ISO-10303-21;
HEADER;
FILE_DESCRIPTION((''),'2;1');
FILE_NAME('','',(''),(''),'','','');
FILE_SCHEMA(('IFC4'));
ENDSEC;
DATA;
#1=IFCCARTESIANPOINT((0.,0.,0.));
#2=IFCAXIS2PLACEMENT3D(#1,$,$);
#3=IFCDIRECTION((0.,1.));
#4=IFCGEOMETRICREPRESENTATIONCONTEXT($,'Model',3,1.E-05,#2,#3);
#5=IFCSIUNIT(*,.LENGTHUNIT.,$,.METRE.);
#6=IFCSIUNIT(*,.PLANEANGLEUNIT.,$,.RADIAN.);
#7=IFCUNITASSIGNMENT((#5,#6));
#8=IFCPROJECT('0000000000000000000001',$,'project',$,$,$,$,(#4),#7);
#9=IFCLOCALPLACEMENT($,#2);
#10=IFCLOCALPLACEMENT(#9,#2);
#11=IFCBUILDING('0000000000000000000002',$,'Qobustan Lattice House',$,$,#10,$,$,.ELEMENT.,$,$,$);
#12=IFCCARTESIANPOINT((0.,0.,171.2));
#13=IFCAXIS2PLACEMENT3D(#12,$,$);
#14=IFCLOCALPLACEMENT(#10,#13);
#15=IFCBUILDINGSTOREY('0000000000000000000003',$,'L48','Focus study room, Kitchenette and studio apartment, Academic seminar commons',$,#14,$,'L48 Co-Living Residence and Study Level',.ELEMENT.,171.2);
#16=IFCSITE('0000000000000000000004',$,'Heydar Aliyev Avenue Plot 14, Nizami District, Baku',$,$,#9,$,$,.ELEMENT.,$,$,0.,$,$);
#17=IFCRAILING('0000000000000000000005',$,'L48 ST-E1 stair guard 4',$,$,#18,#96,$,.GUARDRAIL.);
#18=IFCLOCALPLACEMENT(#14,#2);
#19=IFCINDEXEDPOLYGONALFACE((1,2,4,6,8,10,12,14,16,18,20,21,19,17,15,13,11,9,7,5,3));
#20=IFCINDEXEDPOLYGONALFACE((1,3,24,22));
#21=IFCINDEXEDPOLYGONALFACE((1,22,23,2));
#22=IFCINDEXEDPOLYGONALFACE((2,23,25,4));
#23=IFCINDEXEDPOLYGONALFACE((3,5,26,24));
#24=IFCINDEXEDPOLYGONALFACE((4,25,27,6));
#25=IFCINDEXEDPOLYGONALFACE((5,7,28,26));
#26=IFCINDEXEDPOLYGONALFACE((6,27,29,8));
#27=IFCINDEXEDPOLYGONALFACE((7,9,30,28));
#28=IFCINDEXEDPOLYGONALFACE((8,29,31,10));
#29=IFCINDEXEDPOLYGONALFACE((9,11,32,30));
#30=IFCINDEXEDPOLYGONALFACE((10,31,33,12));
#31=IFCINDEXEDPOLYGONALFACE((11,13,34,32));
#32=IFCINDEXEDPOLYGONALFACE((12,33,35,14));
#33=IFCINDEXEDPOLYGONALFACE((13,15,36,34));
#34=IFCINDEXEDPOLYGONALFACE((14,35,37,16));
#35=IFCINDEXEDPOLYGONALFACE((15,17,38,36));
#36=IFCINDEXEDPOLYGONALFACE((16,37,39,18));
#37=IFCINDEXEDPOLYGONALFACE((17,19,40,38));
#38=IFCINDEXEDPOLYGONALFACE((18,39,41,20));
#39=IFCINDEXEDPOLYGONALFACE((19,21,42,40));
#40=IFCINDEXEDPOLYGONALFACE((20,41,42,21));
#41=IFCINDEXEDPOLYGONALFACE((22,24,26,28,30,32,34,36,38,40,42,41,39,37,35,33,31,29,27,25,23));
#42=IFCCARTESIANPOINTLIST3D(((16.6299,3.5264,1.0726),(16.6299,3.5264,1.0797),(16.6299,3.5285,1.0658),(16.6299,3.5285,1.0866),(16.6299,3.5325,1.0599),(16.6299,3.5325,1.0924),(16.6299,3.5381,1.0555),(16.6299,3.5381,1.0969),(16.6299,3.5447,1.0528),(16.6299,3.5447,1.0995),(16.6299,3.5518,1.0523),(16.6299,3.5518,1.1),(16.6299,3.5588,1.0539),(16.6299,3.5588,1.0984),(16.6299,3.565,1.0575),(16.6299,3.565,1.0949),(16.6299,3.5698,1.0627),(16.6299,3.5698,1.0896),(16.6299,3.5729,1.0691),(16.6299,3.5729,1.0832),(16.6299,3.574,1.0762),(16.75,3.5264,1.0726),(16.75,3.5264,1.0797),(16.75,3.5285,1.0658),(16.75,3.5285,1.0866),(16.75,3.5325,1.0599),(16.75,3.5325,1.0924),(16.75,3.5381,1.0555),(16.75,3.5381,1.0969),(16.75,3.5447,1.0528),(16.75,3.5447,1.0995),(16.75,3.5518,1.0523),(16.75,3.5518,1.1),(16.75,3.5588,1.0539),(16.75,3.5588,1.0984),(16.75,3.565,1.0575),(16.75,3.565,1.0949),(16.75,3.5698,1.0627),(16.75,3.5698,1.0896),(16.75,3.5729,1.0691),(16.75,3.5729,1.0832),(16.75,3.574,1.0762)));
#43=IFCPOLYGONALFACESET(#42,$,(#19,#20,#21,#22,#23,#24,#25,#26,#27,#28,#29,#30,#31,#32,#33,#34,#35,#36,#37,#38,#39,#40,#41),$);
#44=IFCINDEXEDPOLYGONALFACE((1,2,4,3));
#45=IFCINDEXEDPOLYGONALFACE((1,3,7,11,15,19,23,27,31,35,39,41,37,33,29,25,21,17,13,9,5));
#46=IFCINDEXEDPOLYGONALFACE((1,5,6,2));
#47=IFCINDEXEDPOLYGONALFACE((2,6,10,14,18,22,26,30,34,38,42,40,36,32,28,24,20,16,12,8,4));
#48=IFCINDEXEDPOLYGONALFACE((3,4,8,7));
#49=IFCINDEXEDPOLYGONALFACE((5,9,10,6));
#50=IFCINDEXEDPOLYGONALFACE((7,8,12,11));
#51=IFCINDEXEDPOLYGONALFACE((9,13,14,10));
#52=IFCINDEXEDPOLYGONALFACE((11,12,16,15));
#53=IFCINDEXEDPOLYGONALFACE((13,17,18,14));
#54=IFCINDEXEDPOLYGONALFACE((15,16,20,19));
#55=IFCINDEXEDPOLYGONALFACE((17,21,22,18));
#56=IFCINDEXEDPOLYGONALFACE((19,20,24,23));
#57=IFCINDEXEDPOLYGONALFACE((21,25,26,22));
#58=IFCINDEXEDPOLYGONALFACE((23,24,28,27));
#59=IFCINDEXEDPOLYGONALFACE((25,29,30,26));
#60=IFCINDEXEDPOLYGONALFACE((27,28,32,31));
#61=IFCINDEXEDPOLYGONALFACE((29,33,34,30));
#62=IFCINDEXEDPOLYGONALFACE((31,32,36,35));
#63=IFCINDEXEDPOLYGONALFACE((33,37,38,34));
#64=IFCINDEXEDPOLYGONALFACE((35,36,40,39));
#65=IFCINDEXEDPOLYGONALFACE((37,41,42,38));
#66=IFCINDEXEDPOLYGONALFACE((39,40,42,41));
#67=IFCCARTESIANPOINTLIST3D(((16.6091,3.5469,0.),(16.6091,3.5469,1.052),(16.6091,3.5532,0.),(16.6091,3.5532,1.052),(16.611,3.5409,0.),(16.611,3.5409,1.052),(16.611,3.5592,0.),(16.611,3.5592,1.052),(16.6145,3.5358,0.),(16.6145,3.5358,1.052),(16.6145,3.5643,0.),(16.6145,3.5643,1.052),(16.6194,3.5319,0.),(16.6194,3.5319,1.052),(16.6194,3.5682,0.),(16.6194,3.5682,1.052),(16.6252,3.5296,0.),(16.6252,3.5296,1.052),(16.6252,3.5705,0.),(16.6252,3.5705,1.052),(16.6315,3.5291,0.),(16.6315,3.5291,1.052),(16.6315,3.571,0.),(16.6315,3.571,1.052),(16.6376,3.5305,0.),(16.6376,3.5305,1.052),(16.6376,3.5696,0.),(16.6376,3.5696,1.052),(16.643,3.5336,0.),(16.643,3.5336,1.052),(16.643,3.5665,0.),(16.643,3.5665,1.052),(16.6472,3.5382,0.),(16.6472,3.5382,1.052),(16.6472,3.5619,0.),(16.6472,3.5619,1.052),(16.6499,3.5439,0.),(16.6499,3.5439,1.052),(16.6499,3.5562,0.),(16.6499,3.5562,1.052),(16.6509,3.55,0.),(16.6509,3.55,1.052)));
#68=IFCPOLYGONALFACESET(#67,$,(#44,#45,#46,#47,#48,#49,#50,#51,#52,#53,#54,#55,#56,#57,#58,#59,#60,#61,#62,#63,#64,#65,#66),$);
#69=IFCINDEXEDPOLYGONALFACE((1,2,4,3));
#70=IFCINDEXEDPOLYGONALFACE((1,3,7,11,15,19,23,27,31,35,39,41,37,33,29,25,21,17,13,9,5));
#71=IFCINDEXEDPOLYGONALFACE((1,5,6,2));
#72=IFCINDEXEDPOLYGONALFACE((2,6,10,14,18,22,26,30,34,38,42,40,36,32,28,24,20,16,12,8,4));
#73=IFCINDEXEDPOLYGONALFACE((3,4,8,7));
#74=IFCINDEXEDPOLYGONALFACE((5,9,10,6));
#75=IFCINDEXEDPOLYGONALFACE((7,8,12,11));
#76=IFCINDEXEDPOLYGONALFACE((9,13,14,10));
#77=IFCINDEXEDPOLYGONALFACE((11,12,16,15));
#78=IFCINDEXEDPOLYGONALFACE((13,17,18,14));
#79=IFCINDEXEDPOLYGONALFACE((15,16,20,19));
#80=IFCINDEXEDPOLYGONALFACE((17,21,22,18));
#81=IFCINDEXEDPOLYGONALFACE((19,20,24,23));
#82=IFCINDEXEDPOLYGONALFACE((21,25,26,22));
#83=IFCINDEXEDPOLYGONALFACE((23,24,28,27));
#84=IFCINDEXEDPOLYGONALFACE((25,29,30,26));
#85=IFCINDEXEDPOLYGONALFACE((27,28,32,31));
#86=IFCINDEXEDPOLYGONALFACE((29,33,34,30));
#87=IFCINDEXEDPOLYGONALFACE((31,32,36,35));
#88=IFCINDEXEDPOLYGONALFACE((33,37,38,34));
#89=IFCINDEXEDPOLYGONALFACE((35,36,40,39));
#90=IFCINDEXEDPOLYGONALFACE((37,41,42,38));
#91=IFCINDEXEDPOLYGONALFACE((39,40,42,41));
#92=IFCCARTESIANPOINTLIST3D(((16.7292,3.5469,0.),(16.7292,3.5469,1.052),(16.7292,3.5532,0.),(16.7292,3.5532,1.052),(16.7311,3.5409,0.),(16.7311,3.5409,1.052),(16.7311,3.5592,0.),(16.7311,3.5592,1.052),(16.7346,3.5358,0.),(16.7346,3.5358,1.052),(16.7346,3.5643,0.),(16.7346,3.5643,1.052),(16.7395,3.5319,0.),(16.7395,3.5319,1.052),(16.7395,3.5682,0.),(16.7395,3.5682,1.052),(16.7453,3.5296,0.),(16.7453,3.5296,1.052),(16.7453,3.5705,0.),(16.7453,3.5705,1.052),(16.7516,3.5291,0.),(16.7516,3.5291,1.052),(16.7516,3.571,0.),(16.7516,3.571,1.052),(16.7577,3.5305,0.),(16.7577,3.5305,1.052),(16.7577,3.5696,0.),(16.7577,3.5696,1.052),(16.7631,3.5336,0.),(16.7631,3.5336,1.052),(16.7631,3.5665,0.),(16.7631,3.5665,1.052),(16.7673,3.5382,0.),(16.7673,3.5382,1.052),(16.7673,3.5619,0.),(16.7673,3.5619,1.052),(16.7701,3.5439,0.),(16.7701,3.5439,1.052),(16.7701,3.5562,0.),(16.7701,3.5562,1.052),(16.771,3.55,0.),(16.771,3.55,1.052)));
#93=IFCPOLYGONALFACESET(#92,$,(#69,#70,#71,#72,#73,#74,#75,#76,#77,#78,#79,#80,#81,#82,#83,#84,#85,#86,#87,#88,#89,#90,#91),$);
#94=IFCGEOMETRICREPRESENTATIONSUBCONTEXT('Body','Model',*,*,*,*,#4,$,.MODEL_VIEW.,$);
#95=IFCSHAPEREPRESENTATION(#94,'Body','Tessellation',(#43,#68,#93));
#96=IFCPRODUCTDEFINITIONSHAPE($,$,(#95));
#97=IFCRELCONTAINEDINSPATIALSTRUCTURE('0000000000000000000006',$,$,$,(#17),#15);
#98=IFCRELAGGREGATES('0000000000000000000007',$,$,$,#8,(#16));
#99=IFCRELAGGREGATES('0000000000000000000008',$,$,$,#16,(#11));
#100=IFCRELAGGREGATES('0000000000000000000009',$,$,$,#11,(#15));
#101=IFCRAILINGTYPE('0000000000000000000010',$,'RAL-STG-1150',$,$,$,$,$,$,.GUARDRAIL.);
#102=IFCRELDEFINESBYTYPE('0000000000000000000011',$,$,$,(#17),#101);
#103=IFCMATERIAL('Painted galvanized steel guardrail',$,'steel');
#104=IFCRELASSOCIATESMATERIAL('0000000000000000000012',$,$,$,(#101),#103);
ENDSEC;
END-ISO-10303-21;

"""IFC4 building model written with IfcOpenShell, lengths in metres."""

from ifc_helpers import new_model, si_unit, direction, frame, origin, origin_2d, place, context, subcontext, project, spatial, circle, extrude, material, type_object, element, save


model = new_model("IFC4")

# Units and contexts
model_context = context("Model", 3, precision=1e-05, world=origin(), true_north=direction((0.0, 1.0)))
body_context = subcontext(model_context, "Body", "Model", "MODEL_VIEW")
ifc_project = project(units=[si_unit("LENGTHUNIT", "METRE"), si_unit("PLANEANGLEUNIT", "RADIAN")], contexts=[model_context])

# Site, building, storey
site_placement = place(None, origin())
site = spatial("IfcSite", under=ifc_project, at=site_placement, Name="Heydar Aliyev Avenue Plot 14, Nizami District, Baku", CompositionType="ELEMENT", RefElevation=0.0)
building_placement = place(site_placement, origin())
building = spatial("IfcBuilding", under=site, at=building_placement, Name="Qobustan Lattice House", CompositionType="ELEMENT")
storey_placement = place(building_placement, frame((0.0, 0.0, 171.2)))
storey = spatial("IfcBuildingStorey", under=building, at=storey_placement, Name="L48", Description="Focus study room, Kitchenette and studio apartment, Academic seminar commons", LongName="L48 Co-Living Residence and Study Level", CompositionType="ELEMENT", Elevation=171.2)

# Railing
ifc_material_1 = material(Name="Painted galvanized steel guardrail", Category="steel")
railing_type_1 = type_object("IfcRailingType", Name="RAL-STG-1150", PredefinedType="GUARDRAIL", material=ifc_material_1)
railing_1_placement = place(storey_placement, frame((16.6299, 3.55, 0.0)))
element("IfcRailing", 1, at=railing_1_placement, inside=storey, type_object=railing_type_1, Name="L48 ST-E1 stair guard 4", PredefinedType="GUARDRAIL", context=body_context, shape_type="SweptSolid", body=[
    extrude(circle(Radius=0.0239, at=origin_2d()), frame((0.0, 0.0, 1.0762), z_axis=(1.0, 0.0, 0.0), x_axis=(0.0, 1.0, 0.0)), (0.0, 0.0, 1.0), 0.1201),
    extrude(circle(Radius=0.021, at=origin_2d()), origin(), (0.0, 0.0, 1.0), 1.052),
    extrude(circle(Radius=0.021, at=origin_2d()), frame((0.1201, 0.0, 0.0)), (0.0, 0.0, 1.0), 1.052),
])

save(model, "model.ifc")
